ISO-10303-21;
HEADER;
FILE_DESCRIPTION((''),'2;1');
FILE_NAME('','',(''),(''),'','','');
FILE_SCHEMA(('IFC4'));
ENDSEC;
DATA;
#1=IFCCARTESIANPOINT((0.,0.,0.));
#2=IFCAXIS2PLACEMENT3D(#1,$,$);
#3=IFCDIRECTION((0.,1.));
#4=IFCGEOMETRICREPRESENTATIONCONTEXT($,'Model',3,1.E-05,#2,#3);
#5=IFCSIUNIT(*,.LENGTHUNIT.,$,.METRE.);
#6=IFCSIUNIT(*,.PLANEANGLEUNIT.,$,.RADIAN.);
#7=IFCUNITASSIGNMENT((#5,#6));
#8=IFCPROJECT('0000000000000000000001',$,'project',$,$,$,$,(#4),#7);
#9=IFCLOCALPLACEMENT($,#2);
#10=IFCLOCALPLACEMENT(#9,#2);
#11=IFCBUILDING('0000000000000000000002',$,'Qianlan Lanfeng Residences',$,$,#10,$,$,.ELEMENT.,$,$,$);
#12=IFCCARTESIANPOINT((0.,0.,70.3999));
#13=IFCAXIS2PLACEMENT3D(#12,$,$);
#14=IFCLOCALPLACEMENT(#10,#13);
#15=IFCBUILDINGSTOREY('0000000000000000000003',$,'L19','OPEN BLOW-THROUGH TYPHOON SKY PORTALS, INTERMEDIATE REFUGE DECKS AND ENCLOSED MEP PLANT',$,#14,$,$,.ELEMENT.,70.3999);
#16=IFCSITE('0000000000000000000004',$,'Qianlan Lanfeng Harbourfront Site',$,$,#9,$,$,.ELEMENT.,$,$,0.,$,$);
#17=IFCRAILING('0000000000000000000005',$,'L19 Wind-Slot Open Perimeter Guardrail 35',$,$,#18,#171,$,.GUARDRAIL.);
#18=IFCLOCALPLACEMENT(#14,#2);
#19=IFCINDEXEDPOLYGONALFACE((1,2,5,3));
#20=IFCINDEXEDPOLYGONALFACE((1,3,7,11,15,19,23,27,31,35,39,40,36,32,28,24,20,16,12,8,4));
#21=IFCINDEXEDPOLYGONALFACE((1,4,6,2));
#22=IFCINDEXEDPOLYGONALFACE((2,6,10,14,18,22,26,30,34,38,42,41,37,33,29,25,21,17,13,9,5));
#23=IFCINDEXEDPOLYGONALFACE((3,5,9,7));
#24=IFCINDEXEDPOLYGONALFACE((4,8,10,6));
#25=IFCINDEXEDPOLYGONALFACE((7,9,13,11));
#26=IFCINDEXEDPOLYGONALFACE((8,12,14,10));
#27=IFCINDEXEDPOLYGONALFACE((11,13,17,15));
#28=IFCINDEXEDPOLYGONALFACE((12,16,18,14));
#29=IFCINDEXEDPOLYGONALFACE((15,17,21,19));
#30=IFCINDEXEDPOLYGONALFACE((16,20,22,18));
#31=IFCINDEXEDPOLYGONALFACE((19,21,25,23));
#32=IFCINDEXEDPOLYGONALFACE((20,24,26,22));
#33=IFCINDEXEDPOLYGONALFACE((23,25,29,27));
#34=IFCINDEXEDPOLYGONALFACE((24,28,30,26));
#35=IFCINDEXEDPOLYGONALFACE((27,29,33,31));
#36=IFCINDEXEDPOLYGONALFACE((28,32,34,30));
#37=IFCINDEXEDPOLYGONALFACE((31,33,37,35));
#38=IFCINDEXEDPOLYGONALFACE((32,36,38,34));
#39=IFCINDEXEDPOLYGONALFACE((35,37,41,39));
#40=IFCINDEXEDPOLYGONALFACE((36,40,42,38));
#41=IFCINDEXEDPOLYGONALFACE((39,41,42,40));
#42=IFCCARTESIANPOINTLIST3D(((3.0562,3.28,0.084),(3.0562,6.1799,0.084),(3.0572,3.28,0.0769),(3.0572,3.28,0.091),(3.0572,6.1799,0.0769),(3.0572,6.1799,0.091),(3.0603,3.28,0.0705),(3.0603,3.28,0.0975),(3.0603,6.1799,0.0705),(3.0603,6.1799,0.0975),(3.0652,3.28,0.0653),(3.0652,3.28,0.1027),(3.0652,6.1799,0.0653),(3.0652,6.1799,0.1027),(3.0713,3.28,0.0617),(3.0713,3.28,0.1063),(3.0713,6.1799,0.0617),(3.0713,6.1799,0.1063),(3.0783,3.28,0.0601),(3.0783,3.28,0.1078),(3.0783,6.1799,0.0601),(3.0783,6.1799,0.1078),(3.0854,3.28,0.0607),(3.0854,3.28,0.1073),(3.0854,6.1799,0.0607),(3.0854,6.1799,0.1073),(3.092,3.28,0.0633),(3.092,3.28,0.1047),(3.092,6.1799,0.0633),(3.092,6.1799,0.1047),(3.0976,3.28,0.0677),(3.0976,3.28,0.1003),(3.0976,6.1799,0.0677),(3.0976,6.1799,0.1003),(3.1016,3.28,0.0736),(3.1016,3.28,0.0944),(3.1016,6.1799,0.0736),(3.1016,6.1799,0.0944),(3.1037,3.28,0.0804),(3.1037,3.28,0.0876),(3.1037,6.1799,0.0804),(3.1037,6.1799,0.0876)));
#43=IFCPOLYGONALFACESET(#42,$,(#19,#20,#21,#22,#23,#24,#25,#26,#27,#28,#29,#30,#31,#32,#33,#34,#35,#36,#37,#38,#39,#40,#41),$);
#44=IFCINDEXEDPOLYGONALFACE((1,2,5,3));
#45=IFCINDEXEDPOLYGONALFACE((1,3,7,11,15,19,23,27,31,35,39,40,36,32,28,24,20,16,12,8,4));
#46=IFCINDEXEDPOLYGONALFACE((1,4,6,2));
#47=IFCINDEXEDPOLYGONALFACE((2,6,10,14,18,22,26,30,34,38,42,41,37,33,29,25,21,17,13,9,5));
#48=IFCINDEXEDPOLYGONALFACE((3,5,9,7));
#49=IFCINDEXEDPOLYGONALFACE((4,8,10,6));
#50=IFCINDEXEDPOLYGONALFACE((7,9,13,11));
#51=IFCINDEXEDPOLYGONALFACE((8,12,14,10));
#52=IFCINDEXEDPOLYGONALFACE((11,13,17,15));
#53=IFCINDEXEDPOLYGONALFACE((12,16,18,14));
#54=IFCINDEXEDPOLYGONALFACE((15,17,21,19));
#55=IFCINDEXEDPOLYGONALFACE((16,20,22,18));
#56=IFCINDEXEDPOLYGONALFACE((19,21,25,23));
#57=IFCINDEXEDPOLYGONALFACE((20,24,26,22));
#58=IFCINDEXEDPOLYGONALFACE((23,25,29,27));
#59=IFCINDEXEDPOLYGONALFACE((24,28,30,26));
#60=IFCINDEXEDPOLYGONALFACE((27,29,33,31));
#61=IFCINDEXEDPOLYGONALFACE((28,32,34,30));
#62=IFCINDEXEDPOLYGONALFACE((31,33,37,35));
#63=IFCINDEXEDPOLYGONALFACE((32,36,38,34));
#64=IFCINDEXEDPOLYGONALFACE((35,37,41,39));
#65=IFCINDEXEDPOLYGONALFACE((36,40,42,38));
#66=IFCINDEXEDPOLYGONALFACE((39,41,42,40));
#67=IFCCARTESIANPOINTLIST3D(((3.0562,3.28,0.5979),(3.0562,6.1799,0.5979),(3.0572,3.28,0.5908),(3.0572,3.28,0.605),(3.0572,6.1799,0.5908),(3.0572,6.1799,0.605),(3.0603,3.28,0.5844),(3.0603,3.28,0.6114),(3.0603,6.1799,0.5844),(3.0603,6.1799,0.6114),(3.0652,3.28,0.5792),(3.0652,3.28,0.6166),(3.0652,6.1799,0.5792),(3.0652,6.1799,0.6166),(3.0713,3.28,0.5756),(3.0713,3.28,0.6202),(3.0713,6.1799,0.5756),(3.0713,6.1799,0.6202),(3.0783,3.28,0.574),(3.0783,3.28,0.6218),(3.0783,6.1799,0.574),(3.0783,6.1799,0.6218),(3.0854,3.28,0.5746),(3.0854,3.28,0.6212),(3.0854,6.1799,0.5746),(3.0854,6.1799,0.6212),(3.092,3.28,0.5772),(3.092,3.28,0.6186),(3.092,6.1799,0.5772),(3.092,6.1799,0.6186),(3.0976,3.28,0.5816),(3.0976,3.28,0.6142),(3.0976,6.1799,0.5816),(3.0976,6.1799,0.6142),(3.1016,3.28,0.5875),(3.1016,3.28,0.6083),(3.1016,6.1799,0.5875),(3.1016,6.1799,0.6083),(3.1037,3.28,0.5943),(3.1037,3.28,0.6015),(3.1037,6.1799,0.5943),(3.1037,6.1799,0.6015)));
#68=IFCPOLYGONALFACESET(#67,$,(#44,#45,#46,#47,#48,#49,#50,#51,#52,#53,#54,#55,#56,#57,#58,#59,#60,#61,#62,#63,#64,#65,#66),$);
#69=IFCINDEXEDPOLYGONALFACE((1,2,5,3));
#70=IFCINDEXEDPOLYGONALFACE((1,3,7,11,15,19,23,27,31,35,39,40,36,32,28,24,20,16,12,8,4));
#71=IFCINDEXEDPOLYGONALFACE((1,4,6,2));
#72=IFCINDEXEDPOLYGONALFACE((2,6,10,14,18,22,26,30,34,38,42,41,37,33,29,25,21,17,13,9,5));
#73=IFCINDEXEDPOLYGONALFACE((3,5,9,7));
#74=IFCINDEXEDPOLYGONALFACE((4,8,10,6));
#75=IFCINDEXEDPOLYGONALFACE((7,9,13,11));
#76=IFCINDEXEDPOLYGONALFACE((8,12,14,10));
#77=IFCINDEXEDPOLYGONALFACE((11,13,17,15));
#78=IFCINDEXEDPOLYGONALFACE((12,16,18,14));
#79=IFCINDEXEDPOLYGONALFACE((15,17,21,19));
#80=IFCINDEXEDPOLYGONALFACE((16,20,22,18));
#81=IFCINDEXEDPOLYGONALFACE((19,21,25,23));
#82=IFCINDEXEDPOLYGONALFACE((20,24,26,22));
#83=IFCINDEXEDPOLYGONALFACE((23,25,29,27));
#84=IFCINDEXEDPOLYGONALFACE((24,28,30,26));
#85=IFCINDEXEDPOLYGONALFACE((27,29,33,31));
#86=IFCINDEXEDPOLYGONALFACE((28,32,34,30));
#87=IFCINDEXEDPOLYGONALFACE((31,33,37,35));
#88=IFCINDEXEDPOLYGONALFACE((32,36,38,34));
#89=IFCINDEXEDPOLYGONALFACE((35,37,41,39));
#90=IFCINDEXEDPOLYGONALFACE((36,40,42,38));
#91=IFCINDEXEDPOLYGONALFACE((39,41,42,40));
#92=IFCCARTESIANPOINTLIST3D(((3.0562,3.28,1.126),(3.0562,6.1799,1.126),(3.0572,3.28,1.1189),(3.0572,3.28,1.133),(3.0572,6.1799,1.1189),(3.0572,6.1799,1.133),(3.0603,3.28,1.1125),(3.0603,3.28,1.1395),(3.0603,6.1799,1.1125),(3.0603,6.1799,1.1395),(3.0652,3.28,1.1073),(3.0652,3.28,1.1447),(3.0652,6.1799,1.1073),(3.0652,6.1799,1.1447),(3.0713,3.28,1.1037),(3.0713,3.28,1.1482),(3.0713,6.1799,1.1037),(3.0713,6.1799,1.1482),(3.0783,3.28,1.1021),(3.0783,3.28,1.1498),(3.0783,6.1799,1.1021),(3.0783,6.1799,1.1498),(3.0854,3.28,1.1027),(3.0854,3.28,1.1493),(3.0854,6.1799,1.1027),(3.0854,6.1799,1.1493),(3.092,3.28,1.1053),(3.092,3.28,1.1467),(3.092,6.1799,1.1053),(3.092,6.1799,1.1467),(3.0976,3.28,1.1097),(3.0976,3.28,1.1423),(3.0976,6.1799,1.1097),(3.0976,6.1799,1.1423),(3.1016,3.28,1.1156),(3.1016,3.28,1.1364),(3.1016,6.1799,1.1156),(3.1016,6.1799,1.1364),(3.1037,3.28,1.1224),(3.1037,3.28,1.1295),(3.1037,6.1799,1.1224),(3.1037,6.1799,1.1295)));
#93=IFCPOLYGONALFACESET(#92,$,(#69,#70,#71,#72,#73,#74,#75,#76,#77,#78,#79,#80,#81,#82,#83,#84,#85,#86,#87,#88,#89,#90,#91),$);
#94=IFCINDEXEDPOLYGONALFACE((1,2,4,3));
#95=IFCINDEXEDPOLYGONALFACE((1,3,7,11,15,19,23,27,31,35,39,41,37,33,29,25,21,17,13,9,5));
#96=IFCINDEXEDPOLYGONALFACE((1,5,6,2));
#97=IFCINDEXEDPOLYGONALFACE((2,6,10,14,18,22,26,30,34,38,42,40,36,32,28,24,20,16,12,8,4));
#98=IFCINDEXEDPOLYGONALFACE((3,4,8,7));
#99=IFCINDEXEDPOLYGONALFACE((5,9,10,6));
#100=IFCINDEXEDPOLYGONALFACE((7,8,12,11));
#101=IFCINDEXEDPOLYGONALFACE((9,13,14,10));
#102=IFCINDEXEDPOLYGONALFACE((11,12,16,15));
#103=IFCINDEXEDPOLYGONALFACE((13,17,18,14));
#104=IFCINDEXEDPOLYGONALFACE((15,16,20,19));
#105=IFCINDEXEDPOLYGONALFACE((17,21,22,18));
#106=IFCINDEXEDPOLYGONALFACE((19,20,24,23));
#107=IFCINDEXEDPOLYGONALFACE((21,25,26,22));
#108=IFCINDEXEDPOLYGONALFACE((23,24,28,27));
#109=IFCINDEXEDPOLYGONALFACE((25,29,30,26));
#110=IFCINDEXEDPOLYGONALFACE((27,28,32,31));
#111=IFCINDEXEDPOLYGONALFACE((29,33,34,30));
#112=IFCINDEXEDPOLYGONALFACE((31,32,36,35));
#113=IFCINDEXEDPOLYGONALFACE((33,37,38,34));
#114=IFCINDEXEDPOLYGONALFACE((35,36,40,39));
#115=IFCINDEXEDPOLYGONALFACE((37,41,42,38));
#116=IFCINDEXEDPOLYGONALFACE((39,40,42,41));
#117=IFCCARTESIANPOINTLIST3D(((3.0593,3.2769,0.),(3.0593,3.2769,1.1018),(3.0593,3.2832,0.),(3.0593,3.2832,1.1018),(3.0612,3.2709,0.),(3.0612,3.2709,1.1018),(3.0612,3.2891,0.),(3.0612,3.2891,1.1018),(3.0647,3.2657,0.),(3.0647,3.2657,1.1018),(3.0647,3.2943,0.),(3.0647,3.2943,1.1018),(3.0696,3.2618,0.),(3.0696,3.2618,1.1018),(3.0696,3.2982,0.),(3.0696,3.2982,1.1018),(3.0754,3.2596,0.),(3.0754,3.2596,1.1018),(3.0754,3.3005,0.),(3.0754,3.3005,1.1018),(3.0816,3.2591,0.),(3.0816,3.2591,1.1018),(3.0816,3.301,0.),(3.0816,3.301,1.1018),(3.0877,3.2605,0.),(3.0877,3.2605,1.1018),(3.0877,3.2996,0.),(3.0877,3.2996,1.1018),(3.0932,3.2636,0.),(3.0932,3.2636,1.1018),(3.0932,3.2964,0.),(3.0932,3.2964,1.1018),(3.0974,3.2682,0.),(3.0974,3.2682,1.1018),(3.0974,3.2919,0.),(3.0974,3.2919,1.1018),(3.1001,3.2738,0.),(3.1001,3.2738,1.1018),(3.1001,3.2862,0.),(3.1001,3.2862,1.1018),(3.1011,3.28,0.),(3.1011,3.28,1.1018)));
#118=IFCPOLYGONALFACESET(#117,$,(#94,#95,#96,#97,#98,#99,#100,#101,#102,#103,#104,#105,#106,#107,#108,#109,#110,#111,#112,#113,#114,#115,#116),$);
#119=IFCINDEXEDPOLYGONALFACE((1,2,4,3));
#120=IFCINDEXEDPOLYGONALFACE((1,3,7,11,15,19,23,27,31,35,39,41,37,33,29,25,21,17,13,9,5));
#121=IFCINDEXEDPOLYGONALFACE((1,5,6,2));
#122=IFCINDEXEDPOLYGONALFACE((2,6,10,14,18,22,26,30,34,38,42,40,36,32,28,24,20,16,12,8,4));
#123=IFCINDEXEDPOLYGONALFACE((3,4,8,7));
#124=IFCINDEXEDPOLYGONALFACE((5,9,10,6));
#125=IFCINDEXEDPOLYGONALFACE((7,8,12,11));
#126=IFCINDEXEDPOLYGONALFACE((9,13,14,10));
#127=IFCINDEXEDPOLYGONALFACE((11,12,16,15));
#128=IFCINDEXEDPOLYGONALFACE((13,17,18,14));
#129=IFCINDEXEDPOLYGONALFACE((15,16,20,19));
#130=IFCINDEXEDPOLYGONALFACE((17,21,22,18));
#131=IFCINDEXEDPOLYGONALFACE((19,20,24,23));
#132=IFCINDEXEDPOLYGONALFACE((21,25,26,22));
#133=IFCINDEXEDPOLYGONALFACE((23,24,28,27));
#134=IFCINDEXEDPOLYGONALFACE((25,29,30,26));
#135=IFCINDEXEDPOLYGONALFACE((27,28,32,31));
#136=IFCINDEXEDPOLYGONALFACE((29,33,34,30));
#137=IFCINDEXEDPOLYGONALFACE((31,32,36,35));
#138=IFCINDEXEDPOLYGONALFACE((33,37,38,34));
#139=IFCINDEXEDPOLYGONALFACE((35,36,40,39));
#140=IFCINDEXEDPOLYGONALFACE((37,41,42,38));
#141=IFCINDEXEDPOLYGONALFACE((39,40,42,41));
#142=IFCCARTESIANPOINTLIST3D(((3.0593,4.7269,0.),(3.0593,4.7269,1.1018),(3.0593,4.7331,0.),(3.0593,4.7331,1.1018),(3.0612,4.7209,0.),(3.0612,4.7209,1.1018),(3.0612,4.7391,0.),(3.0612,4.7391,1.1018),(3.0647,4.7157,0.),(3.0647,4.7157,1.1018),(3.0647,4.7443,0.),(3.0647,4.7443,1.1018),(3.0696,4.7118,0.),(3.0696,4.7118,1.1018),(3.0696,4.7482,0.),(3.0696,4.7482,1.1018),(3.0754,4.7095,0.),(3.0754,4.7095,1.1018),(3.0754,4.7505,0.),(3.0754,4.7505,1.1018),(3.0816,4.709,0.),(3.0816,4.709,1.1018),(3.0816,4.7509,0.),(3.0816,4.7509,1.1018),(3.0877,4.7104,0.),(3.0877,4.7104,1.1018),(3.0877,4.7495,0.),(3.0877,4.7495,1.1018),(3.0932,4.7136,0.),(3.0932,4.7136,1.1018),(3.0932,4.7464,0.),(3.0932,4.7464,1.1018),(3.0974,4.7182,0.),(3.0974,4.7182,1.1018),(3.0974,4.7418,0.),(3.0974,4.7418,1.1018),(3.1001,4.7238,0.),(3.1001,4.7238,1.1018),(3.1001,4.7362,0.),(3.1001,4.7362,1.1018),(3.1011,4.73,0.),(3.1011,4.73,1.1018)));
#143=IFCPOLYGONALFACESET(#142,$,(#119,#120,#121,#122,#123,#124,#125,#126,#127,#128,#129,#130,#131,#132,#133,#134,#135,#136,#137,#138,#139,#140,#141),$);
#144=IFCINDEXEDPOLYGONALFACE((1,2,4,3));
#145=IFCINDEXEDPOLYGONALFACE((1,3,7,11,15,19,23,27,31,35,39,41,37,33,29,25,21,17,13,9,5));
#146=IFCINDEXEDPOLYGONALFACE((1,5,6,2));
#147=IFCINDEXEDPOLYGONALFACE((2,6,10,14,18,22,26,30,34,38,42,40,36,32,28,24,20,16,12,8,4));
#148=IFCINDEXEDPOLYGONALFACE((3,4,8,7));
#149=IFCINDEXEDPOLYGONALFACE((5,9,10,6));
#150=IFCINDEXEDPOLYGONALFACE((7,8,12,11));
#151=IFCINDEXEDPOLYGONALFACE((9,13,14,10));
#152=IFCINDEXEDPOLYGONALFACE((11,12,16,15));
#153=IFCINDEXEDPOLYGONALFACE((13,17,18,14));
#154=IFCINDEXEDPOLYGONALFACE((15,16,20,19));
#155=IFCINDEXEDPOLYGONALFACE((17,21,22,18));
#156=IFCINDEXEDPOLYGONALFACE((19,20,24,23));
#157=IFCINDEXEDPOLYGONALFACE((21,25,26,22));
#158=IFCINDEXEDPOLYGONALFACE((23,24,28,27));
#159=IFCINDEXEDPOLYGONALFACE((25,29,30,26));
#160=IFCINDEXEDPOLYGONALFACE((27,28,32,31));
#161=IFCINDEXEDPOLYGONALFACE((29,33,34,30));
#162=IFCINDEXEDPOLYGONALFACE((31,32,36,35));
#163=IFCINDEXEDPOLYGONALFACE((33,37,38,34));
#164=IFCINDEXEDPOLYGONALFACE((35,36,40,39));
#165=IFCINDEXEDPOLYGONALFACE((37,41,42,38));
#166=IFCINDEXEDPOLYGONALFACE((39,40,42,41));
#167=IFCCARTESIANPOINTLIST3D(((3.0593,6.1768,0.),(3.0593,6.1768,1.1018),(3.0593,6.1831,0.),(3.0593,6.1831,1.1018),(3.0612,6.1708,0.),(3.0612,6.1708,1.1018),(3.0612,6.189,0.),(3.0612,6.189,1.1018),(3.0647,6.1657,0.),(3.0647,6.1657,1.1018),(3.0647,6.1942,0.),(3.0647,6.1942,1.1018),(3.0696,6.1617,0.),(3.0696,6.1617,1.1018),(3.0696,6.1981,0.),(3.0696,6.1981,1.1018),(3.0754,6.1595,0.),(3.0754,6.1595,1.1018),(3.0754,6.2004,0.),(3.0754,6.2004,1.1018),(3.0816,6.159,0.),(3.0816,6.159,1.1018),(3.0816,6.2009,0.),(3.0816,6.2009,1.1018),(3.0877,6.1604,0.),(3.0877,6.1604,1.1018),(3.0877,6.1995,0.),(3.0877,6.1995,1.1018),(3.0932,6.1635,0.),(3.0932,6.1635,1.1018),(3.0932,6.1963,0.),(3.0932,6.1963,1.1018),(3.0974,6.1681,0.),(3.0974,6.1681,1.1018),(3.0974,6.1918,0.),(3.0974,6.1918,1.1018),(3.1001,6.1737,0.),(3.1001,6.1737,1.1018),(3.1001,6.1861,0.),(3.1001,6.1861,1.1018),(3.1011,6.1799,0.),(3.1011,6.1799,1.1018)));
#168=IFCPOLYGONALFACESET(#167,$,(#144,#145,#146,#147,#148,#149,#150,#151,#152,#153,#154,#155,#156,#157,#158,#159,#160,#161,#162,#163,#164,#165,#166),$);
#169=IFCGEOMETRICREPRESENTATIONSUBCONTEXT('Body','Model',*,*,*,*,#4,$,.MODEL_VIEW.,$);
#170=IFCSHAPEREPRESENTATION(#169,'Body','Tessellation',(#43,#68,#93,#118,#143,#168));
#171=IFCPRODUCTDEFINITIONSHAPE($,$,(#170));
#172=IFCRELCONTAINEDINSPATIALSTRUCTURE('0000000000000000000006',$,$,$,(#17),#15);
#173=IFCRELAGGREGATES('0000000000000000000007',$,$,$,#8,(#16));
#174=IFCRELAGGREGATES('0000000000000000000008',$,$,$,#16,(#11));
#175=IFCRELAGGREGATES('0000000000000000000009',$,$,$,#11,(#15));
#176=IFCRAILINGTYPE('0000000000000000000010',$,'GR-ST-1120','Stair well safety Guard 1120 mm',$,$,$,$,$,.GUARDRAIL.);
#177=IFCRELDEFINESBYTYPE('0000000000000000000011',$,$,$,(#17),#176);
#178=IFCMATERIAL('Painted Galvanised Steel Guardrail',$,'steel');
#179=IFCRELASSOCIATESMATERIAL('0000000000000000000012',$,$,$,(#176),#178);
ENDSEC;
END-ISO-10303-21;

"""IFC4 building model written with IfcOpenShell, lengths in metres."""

from ifc_helpers import new_model, si_unit, direction, frame, origin, origin_2d, place, context, subcontext, project, spatial, circle, extrude, material, type_object, element, save


model = new_model("IFC4")

# Units and contexts
model_context = context("Model", 3, precision=1e-05, world=origin(), true_north=direction((0.0, 1.0)))
body_context = subcontext(model_context, "Body", "Model", "MODEL_VIEW")
ifc_project = project(units=[si_unit("LENGTHUNIT", "METRE"), si_unit("PLANEANGLEUNIT", "RADIAN")], contexts=[model_context])

# Site, building, storey
site_placement = place(None, origin())
site = spatial("IfcSite", under=ifc_project, at=site_placement, Name="Qianlan Lanfeng Harbourfront Site", CompositionType="ELEMENT", RefElevation=0.0)
building_placement = place(site_placement, origin())
building = spatial("IfcBuilding", under=site, at=building_placement, Name="Qianlan Lanfeng Residences", CompositionType="ELEMENT")
storey_placement = place(building_placement, frame((0.0, 0.0, 70.3999)))
storey = spatial("IfcBuildingStorey", under=building, at=storey_placement, Name="L19", Description="OPEN BLOW-THROUGH TYPHOON SKY PORTALS, INTERMEDIATE REFUGE DECKS AND ENCLOSED MEP PLANT", CompositionType="ELEMENT", Elevation=70.3999)

# Railing
ifc_material_1 = material(Name="Painted Galvanised Steel Guardrail", Category="steel")
railing_type = type_object("IfcRailingType", Name="GR-ST-1120", Description="Stair well safety Guard 1120 mm", PredefinedType="GUARDRAIL", material=ifc_material_1)
railing_1_placement = place(storey_placement, frame((3.0801, 3.28, 0.0)))
element("IfcRailing", 1, at=railing_1_placement, inside=storey, type_object=railing_type, Name="L19 Wind-Slot Open Perimeter Guardrail 35", PredefinedType="GUARDRAIL", context=body_context, shape_type="SweptSolid", body=[
    extrude(circle(Radius=0.0239, at=origin_2d()), frame((0.0, 0.0, 0.084), z_axis=(0.0, 1.0, 0.0), x_axis=(-1.0, 0.0, 0.0)), (0.0, 0.0, 1.0), 2.8999),
    extrude(circle(Radius=0.0239, at=origin_2d()), frame((0.0, 0.0, 0.5979), z_axis=(0.0, 1.0, 0.0), x_axis=(-1.0, 0.0, 0.0)), (0.0, 0.0, 1.0), 2.8999),
    extrude(circle(Radius=0.0239, at=origin_2d()), frame((0.0, 0.0, 1.126), z_axis=(0.0, 1.0, 0.0), x_axis=(-1.0, 0.0, 0.0)), (0.0, 0.0, 1.0), 2.8999),
    extrude(circle(Radius=0.021, at=origin_2d()), origin(), (0.0, 0.0, 1.0), 1.1018),
    extrude(circle(Radius=0.021, at=origin_2d()), frame((0.0, 1.45, 0.0)), (0.0, 0.0, 1.0), 1.1018),
    extrude(circle(Radius=0.021, at=origin_2d()), frame((0.0, 2.8999, 0.0)), (0.0, 0.0, 1.0), 1.1018),
])

save(model, "model.ifc")
